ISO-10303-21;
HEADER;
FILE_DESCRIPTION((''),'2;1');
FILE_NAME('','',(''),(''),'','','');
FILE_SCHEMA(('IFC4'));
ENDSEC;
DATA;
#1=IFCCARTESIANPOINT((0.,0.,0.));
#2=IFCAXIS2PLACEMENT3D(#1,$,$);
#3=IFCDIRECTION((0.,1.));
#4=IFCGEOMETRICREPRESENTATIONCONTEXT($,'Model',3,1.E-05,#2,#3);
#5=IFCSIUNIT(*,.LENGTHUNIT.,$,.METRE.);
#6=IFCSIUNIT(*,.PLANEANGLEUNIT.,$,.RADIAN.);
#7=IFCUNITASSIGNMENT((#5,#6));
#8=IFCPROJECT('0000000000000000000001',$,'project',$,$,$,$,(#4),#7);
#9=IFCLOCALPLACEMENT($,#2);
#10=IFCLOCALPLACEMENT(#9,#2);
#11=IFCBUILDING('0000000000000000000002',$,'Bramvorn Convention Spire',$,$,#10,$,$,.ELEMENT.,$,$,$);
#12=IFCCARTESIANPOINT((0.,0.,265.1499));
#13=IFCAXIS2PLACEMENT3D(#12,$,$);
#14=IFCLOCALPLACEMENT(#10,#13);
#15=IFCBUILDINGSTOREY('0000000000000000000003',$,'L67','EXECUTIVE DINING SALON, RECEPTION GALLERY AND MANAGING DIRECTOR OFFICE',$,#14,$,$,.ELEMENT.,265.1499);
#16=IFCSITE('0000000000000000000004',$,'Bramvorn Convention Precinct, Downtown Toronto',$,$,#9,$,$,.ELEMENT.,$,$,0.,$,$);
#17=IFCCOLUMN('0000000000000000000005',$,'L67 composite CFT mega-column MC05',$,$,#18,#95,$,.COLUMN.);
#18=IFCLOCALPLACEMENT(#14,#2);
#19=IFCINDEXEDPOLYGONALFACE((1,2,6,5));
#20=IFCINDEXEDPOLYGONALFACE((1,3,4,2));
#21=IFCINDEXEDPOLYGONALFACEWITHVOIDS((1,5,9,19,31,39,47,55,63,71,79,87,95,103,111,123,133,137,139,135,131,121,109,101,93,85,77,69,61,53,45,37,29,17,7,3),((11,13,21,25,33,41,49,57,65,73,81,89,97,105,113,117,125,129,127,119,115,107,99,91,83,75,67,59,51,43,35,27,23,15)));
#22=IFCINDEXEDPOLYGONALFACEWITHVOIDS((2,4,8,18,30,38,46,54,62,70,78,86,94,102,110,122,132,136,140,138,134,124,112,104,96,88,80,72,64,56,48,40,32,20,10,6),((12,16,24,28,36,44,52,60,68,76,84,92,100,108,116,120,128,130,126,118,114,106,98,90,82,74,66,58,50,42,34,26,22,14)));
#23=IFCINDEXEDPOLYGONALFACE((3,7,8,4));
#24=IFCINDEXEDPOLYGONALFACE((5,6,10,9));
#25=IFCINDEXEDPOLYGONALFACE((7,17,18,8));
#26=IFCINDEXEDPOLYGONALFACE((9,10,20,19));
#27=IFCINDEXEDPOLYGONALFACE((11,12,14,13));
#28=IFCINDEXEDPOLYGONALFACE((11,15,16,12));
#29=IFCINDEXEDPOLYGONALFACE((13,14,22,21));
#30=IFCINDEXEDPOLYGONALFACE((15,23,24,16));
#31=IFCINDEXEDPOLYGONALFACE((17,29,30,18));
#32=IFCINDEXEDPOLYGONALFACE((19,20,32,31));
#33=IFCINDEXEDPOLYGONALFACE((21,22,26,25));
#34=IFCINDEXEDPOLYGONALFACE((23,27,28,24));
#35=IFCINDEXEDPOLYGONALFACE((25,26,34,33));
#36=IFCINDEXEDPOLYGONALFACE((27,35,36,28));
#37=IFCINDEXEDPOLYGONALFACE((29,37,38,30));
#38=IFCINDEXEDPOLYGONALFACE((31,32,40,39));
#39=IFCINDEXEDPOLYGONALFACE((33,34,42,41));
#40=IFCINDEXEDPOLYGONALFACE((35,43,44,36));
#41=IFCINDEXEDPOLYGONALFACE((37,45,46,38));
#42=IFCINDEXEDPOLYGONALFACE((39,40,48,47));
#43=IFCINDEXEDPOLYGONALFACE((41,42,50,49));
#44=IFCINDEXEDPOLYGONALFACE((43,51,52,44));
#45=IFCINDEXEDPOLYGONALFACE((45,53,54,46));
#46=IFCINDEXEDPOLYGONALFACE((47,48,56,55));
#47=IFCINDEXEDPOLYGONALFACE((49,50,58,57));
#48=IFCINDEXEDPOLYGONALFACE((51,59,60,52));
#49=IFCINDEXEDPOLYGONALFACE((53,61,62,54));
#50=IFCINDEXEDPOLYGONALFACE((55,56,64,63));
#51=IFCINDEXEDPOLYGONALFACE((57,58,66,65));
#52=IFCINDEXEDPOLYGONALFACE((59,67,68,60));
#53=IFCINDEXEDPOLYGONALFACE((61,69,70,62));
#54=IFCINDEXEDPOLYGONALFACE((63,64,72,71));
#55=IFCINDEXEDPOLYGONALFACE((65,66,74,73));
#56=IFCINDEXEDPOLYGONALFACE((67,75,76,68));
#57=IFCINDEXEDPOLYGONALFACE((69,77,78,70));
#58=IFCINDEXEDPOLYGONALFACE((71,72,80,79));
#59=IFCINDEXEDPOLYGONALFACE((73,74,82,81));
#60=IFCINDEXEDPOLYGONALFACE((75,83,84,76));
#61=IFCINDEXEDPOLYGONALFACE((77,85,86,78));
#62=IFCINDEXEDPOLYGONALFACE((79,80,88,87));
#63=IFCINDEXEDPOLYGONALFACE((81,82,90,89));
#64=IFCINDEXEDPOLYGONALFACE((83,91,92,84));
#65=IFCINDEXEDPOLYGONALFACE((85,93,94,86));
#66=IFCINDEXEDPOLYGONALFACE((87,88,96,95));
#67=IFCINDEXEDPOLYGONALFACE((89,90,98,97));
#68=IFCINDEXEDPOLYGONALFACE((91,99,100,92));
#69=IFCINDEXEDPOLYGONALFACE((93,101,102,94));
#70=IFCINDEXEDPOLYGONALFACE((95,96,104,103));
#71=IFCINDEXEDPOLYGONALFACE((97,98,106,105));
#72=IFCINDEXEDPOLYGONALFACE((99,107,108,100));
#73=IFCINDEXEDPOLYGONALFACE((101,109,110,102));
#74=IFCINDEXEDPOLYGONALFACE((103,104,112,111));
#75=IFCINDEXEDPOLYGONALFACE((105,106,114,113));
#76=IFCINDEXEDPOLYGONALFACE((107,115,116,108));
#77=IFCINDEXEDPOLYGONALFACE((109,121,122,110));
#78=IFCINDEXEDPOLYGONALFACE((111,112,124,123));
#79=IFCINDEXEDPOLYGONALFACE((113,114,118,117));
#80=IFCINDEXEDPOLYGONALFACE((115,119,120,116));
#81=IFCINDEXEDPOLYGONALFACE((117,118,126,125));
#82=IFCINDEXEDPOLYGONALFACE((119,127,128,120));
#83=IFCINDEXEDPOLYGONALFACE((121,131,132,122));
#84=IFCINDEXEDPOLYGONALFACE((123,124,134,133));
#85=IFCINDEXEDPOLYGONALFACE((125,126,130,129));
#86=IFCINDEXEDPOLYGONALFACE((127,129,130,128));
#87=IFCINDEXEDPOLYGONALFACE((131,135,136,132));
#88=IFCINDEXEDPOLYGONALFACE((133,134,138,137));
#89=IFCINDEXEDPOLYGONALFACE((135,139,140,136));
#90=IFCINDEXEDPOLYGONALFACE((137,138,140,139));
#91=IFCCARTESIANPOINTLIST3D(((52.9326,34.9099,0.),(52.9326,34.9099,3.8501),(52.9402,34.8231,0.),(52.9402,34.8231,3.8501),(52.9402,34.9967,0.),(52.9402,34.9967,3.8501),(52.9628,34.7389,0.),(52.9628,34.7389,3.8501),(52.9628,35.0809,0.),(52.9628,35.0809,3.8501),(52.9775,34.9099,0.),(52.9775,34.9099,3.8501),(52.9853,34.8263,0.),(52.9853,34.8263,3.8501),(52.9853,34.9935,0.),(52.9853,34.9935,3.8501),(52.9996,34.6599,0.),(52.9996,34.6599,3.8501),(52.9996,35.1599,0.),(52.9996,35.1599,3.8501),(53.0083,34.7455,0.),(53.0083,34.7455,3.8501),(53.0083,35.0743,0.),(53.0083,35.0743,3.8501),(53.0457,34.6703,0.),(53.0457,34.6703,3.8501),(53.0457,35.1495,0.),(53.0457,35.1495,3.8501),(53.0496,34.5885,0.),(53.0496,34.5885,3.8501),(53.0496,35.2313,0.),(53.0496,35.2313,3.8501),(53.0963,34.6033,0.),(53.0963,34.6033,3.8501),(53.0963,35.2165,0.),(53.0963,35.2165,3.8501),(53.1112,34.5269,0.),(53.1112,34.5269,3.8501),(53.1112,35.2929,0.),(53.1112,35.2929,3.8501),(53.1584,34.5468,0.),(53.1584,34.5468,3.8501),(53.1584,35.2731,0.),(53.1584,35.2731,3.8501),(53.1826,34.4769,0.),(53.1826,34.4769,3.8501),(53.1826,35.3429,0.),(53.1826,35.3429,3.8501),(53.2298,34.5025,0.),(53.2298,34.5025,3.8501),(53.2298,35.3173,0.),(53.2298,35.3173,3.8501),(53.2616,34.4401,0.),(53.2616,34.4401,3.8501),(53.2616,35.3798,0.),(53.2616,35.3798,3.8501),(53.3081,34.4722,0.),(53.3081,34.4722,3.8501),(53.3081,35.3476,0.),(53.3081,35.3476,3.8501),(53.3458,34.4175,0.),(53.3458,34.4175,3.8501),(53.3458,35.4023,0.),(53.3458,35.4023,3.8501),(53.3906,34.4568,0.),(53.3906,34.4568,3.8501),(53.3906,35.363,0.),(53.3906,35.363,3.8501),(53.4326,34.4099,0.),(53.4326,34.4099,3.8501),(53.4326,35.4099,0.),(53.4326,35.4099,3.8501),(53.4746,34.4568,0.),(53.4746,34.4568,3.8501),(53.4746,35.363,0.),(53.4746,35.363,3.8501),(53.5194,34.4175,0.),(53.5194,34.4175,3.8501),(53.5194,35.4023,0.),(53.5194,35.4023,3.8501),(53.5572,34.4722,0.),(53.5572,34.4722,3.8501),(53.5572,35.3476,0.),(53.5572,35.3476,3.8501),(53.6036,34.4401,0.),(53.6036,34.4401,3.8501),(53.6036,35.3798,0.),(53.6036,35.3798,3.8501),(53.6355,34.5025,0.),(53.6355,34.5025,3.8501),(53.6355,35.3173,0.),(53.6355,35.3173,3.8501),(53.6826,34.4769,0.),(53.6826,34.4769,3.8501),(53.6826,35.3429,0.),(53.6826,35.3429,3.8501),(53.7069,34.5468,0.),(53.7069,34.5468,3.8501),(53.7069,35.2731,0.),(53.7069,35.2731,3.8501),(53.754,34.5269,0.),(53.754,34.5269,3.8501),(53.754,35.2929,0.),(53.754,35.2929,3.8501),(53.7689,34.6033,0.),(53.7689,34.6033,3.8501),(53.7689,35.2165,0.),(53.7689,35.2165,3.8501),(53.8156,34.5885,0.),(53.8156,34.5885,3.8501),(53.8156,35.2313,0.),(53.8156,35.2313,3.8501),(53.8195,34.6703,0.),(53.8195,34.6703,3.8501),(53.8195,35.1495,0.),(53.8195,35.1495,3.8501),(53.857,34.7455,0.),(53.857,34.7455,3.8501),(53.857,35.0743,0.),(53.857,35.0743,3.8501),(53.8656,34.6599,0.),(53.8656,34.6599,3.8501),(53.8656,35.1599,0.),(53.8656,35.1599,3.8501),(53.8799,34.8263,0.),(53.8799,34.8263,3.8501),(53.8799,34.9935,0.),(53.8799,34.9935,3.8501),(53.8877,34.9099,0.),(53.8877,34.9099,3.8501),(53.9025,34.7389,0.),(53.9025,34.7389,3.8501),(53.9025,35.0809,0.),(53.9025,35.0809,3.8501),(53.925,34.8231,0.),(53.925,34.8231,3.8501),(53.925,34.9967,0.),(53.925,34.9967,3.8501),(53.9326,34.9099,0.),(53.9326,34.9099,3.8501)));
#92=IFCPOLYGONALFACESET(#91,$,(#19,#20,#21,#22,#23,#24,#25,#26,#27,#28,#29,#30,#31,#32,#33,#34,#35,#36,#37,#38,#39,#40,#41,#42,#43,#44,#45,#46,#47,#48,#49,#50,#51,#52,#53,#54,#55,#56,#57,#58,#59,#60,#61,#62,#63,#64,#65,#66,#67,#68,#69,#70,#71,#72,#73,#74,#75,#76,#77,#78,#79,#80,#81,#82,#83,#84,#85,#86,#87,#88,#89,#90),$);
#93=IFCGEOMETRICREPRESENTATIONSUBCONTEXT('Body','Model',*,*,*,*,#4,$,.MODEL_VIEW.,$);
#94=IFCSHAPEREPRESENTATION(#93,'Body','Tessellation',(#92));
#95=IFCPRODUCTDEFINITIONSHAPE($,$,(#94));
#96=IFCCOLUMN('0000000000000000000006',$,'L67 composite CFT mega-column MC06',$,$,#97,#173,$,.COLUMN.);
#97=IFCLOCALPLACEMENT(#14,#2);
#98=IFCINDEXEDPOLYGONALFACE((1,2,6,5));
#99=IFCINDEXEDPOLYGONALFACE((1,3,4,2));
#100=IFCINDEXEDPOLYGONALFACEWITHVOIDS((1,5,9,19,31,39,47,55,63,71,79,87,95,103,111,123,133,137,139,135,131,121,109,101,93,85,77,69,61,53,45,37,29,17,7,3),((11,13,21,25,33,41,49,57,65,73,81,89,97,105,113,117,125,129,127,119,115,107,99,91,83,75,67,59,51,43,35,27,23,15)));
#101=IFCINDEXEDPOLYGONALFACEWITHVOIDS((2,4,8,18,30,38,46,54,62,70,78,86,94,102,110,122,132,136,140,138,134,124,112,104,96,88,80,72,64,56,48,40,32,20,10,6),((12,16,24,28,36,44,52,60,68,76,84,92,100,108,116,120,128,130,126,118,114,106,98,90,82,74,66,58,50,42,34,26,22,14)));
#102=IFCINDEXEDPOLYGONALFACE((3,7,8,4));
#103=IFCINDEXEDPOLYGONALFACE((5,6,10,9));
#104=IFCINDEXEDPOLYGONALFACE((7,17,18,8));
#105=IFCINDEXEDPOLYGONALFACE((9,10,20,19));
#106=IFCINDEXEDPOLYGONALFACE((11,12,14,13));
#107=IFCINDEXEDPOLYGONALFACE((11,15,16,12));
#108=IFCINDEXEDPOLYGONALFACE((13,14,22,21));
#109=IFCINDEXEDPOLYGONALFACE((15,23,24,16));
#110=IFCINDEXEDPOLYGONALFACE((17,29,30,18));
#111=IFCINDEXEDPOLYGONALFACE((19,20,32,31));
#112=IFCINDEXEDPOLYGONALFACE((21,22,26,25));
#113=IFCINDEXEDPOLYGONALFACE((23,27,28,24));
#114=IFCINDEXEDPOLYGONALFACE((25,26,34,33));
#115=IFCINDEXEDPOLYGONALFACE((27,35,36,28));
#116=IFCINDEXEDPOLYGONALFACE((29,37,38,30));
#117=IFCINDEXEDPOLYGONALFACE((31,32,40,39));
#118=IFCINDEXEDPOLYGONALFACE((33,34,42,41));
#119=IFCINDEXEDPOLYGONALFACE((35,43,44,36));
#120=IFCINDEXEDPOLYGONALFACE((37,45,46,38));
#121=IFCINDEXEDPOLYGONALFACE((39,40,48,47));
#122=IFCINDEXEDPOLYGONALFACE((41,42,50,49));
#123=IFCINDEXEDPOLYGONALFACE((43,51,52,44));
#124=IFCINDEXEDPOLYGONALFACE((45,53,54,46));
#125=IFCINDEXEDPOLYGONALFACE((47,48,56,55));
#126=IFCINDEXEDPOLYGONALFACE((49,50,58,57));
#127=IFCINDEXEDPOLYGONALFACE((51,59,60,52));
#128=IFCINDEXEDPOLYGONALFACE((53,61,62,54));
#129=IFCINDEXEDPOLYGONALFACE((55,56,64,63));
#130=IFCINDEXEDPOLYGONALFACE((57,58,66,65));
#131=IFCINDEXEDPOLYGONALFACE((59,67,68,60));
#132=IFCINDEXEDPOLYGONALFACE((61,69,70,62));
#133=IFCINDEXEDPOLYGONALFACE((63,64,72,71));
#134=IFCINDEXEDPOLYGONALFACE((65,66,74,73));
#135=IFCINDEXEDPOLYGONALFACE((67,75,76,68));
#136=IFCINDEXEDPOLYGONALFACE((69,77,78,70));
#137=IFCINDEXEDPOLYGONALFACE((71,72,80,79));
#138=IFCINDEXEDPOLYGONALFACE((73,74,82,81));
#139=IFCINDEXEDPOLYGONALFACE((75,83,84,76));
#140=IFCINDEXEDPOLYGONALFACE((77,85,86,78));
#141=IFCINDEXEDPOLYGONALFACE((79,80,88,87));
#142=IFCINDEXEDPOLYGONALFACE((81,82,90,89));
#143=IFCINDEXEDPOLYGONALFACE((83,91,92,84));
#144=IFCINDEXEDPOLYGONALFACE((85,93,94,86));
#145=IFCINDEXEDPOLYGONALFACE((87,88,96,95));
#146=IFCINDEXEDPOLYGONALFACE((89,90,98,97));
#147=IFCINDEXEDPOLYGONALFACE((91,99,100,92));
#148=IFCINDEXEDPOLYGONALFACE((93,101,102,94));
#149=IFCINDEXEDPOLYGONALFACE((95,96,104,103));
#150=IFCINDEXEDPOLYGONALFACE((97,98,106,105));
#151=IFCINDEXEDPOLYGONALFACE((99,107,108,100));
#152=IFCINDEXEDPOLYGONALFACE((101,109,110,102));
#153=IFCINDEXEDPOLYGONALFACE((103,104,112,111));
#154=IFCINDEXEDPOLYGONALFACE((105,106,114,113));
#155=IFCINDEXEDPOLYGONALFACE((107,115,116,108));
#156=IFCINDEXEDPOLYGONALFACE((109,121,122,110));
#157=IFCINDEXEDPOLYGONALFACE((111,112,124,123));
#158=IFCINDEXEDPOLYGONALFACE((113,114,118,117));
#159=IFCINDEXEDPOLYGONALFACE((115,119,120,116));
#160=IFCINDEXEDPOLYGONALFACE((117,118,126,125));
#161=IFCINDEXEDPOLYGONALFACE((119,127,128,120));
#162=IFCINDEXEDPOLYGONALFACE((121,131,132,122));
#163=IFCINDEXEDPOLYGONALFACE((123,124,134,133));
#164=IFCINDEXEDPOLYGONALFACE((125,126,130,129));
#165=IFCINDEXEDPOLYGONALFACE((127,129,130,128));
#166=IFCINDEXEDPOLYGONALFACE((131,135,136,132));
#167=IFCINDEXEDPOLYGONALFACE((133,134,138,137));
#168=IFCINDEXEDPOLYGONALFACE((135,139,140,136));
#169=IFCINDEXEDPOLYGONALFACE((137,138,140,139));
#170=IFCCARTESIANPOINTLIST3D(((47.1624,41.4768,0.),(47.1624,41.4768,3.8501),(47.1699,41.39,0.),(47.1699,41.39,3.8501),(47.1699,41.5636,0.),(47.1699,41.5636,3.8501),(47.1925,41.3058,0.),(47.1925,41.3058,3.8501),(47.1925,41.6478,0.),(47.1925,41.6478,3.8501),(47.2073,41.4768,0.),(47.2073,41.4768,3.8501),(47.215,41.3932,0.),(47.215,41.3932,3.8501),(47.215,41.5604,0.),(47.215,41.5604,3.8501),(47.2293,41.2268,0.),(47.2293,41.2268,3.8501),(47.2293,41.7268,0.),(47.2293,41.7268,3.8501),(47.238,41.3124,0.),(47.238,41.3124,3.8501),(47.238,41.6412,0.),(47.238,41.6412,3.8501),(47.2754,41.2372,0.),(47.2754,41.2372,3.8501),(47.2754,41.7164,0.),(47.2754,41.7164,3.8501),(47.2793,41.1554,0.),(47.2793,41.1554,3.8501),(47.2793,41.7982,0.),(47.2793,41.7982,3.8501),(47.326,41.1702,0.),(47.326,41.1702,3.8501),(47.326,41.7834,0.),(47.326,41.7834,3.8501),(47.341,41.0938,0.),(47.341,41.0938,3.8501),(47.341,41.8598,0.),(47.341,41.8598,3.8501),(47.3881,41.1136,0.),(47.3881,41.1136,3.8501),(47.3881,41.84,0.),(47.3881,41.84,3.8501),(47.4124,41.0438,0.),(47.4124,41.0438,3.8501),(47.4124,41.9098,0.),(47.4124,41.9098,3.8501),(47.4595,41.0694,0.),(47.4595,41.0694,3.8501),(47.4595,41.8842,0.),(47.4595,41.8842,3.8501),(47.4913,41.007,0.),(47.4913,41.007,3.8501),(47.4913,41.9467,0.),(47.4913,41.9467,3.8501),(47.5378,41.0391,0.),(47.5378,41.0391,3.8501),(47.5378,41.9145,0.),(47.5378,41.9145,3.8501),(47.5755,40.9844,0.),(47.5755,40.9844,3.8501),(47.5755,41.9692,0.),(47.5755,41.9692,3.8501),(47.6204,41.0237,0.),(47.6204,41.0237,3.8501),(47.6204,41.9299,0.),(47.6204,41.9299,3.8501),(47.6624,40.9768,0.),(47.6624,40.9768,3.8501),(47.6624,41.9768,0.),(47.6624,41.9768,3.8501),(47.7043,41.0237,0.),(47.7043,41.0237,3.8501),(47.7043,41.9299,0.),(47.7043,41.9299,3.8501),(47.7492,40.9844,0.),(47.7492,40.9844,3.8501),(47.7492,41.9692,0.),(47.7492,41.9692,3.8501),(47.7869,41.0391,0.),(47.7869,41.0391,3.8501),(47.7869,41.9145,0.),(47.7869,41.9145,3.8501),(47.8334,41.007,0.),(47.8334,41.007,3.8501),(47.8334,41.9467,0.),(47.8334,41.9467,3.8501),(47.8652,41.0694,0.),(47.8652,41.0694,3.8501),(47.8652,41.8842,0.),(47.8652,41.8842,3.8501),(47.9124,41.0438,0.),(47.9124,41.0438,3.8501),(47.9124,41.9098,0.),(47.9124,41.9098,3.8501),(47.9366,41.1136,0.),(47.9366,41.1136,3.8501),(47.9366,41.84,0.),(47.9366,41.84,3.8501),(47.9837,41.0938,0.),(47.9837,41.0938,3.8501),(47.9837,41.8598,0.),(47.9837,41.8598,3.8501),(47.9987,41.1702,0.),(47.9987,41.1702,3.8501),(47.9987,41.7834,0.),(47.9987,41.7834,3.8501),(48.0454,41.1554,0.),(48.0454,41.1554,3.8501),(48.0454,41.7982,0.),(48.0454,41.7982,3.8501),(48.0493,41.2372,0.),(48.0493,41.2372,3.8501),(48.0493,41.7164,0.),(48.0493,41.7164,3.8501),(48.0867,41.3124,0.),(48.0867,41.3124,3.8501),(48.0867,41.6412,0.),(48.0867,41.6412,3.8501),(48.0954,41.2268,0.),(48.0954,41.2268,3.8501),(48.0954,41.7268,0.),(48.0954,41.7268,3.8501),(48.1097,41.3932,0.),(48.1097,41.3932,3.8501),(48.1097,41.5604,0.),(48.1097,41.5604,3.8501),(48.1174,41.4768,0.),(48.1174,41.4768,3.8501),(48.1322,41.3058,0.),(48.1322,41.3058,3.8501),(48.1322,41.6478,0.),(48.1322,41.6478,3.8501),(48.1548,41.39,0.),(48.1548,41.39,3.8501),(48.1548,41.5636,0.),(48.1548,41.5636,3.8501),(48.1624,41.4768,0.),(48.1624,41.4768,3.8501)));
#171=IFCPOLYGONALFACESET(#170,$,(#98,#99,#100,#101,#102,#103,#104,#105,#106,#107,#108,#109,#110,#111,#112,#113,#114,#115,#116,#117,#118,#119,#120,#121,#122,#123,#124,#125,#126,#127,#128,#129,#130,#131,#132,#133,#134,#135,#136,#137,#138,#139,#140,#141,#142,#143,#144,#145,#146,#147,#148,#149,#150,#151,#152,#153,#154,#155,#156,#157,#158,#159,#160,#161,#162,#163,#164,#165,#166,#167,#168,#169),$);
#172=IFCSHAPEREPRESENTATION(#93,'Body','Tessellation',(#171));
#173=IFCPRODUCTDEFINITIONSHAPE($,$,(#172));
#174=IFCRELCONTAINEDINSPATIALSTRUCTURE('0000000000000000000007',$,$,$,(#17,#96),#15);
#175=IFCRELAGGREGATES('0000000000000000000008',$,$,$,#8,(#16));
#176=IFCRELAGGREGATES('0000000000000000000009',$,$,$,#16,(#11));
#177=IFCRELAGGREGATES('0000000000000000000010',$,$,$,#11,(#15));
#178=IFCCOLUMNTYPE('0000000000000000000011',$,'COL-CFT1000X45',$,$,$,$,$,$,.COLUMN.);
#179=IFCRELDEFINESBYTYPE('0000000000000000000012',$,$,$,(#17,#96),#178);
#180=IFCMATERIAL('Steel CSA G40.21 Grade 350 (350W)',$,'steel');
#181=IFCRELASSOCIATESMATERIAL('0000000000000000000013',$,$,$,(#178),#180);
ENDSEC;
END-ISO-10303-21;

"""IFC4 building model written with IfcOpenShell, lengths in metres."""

from ifc_helpers import new_model, si_unit, direction, frame, origin, origin_2d, place, context, subcontext, project, spatial, hollow_circle, extrude, material, material_profile, profile_set, type_object, element, save


model = new_model("IFC4")

# Units and contexts
model_context = context("Model", 3, precision=1e-05, world=origin(), true_north=direction((0.0, 1.0)))
body_context = subcontext(model_context, "Body", "Model", "MODEL_VIEW")
ifc_project = project(units=[si_unit("LENGTHUNIT", "METRE"), si_unit("PLANEANGLEUNIT", "RADIAN")], contexts=[model_context])

# Site, building, storey
site_placement = place(None, origin())
site = spatial("IfcSite", under=ifc_project, at=site_placement, Name="Bramvorn Convention Precinct, Downtown Toronto", CompositionType="ELEMENT", RefElevation=0.0)
building_placement = place(site_placement, origin())
building = spatial("IfcBuilding", under=site, at=building_placement, Name="Bramvorn Convention Spire", CompositionType="ELEMENT")
storey_placement = place(building_placement, frame((0.0, 0.0, 265.1499)))
storey = spatial("IfcBuildingStorey", under=building, at=storey_placement, Name="L67", Description="EXECUTIVE DINING SALON, RECEPTION GALLERY AND MANAGING DIRECTOR OFFICE", CompositionType="ELEMENT", Elevation=265.1499)

# Columns
ifc_material_1 = material(Name="Steel CSA G40.21 Grade 350 (350W)", Category="steel")
ifc_material_profile_1 = material_profile(ifc_material_1, hollow_circle(Radius=0.5, WallThickness=0.0449, at=origin_2d()))
ifc_profile_set_1 = profile_set([ifc_material_profile_1], Name="Steel CSA G40.21 Grade 350 (350W) - CFT1000X45")
column_type = type_object("IfcColumnType", Name="COL-CFT1000X45", PredefinedType="COLUMN", material=ifc_profile_set_1)
for number, where, z_axis, x_axis, name in (
    (1, (53.4326, 34.9099, 0.0), (0.0, 0.0, 1.0), (1.0, 0.0, 0.0), "L67 composite CFT mega-column MC05"),
    (2, (47.6624, 41.4768, 0.0), (0.0, 0.0, 1.0), (1.0, 0.0, 0.0), "L67 composite CFT mega-column MC06"),
):
    element("IfcColumn", number, at=place(storey_placement, frame(where, z_axis=z_axis, x_axis=x_axis)), inside=storey, type_object=column_type, Name=name, PredefinedType="COLUMN", context=body_context, shape_type="SweptSolid", body=[
        extrude(hollow_circle(Radius=0.5, WallThickness=0.0449, at=origin_2d()), origin(), (0.0, 0.0, 1.0), 3.8501),
    ])

save(model, "model.ifc")
